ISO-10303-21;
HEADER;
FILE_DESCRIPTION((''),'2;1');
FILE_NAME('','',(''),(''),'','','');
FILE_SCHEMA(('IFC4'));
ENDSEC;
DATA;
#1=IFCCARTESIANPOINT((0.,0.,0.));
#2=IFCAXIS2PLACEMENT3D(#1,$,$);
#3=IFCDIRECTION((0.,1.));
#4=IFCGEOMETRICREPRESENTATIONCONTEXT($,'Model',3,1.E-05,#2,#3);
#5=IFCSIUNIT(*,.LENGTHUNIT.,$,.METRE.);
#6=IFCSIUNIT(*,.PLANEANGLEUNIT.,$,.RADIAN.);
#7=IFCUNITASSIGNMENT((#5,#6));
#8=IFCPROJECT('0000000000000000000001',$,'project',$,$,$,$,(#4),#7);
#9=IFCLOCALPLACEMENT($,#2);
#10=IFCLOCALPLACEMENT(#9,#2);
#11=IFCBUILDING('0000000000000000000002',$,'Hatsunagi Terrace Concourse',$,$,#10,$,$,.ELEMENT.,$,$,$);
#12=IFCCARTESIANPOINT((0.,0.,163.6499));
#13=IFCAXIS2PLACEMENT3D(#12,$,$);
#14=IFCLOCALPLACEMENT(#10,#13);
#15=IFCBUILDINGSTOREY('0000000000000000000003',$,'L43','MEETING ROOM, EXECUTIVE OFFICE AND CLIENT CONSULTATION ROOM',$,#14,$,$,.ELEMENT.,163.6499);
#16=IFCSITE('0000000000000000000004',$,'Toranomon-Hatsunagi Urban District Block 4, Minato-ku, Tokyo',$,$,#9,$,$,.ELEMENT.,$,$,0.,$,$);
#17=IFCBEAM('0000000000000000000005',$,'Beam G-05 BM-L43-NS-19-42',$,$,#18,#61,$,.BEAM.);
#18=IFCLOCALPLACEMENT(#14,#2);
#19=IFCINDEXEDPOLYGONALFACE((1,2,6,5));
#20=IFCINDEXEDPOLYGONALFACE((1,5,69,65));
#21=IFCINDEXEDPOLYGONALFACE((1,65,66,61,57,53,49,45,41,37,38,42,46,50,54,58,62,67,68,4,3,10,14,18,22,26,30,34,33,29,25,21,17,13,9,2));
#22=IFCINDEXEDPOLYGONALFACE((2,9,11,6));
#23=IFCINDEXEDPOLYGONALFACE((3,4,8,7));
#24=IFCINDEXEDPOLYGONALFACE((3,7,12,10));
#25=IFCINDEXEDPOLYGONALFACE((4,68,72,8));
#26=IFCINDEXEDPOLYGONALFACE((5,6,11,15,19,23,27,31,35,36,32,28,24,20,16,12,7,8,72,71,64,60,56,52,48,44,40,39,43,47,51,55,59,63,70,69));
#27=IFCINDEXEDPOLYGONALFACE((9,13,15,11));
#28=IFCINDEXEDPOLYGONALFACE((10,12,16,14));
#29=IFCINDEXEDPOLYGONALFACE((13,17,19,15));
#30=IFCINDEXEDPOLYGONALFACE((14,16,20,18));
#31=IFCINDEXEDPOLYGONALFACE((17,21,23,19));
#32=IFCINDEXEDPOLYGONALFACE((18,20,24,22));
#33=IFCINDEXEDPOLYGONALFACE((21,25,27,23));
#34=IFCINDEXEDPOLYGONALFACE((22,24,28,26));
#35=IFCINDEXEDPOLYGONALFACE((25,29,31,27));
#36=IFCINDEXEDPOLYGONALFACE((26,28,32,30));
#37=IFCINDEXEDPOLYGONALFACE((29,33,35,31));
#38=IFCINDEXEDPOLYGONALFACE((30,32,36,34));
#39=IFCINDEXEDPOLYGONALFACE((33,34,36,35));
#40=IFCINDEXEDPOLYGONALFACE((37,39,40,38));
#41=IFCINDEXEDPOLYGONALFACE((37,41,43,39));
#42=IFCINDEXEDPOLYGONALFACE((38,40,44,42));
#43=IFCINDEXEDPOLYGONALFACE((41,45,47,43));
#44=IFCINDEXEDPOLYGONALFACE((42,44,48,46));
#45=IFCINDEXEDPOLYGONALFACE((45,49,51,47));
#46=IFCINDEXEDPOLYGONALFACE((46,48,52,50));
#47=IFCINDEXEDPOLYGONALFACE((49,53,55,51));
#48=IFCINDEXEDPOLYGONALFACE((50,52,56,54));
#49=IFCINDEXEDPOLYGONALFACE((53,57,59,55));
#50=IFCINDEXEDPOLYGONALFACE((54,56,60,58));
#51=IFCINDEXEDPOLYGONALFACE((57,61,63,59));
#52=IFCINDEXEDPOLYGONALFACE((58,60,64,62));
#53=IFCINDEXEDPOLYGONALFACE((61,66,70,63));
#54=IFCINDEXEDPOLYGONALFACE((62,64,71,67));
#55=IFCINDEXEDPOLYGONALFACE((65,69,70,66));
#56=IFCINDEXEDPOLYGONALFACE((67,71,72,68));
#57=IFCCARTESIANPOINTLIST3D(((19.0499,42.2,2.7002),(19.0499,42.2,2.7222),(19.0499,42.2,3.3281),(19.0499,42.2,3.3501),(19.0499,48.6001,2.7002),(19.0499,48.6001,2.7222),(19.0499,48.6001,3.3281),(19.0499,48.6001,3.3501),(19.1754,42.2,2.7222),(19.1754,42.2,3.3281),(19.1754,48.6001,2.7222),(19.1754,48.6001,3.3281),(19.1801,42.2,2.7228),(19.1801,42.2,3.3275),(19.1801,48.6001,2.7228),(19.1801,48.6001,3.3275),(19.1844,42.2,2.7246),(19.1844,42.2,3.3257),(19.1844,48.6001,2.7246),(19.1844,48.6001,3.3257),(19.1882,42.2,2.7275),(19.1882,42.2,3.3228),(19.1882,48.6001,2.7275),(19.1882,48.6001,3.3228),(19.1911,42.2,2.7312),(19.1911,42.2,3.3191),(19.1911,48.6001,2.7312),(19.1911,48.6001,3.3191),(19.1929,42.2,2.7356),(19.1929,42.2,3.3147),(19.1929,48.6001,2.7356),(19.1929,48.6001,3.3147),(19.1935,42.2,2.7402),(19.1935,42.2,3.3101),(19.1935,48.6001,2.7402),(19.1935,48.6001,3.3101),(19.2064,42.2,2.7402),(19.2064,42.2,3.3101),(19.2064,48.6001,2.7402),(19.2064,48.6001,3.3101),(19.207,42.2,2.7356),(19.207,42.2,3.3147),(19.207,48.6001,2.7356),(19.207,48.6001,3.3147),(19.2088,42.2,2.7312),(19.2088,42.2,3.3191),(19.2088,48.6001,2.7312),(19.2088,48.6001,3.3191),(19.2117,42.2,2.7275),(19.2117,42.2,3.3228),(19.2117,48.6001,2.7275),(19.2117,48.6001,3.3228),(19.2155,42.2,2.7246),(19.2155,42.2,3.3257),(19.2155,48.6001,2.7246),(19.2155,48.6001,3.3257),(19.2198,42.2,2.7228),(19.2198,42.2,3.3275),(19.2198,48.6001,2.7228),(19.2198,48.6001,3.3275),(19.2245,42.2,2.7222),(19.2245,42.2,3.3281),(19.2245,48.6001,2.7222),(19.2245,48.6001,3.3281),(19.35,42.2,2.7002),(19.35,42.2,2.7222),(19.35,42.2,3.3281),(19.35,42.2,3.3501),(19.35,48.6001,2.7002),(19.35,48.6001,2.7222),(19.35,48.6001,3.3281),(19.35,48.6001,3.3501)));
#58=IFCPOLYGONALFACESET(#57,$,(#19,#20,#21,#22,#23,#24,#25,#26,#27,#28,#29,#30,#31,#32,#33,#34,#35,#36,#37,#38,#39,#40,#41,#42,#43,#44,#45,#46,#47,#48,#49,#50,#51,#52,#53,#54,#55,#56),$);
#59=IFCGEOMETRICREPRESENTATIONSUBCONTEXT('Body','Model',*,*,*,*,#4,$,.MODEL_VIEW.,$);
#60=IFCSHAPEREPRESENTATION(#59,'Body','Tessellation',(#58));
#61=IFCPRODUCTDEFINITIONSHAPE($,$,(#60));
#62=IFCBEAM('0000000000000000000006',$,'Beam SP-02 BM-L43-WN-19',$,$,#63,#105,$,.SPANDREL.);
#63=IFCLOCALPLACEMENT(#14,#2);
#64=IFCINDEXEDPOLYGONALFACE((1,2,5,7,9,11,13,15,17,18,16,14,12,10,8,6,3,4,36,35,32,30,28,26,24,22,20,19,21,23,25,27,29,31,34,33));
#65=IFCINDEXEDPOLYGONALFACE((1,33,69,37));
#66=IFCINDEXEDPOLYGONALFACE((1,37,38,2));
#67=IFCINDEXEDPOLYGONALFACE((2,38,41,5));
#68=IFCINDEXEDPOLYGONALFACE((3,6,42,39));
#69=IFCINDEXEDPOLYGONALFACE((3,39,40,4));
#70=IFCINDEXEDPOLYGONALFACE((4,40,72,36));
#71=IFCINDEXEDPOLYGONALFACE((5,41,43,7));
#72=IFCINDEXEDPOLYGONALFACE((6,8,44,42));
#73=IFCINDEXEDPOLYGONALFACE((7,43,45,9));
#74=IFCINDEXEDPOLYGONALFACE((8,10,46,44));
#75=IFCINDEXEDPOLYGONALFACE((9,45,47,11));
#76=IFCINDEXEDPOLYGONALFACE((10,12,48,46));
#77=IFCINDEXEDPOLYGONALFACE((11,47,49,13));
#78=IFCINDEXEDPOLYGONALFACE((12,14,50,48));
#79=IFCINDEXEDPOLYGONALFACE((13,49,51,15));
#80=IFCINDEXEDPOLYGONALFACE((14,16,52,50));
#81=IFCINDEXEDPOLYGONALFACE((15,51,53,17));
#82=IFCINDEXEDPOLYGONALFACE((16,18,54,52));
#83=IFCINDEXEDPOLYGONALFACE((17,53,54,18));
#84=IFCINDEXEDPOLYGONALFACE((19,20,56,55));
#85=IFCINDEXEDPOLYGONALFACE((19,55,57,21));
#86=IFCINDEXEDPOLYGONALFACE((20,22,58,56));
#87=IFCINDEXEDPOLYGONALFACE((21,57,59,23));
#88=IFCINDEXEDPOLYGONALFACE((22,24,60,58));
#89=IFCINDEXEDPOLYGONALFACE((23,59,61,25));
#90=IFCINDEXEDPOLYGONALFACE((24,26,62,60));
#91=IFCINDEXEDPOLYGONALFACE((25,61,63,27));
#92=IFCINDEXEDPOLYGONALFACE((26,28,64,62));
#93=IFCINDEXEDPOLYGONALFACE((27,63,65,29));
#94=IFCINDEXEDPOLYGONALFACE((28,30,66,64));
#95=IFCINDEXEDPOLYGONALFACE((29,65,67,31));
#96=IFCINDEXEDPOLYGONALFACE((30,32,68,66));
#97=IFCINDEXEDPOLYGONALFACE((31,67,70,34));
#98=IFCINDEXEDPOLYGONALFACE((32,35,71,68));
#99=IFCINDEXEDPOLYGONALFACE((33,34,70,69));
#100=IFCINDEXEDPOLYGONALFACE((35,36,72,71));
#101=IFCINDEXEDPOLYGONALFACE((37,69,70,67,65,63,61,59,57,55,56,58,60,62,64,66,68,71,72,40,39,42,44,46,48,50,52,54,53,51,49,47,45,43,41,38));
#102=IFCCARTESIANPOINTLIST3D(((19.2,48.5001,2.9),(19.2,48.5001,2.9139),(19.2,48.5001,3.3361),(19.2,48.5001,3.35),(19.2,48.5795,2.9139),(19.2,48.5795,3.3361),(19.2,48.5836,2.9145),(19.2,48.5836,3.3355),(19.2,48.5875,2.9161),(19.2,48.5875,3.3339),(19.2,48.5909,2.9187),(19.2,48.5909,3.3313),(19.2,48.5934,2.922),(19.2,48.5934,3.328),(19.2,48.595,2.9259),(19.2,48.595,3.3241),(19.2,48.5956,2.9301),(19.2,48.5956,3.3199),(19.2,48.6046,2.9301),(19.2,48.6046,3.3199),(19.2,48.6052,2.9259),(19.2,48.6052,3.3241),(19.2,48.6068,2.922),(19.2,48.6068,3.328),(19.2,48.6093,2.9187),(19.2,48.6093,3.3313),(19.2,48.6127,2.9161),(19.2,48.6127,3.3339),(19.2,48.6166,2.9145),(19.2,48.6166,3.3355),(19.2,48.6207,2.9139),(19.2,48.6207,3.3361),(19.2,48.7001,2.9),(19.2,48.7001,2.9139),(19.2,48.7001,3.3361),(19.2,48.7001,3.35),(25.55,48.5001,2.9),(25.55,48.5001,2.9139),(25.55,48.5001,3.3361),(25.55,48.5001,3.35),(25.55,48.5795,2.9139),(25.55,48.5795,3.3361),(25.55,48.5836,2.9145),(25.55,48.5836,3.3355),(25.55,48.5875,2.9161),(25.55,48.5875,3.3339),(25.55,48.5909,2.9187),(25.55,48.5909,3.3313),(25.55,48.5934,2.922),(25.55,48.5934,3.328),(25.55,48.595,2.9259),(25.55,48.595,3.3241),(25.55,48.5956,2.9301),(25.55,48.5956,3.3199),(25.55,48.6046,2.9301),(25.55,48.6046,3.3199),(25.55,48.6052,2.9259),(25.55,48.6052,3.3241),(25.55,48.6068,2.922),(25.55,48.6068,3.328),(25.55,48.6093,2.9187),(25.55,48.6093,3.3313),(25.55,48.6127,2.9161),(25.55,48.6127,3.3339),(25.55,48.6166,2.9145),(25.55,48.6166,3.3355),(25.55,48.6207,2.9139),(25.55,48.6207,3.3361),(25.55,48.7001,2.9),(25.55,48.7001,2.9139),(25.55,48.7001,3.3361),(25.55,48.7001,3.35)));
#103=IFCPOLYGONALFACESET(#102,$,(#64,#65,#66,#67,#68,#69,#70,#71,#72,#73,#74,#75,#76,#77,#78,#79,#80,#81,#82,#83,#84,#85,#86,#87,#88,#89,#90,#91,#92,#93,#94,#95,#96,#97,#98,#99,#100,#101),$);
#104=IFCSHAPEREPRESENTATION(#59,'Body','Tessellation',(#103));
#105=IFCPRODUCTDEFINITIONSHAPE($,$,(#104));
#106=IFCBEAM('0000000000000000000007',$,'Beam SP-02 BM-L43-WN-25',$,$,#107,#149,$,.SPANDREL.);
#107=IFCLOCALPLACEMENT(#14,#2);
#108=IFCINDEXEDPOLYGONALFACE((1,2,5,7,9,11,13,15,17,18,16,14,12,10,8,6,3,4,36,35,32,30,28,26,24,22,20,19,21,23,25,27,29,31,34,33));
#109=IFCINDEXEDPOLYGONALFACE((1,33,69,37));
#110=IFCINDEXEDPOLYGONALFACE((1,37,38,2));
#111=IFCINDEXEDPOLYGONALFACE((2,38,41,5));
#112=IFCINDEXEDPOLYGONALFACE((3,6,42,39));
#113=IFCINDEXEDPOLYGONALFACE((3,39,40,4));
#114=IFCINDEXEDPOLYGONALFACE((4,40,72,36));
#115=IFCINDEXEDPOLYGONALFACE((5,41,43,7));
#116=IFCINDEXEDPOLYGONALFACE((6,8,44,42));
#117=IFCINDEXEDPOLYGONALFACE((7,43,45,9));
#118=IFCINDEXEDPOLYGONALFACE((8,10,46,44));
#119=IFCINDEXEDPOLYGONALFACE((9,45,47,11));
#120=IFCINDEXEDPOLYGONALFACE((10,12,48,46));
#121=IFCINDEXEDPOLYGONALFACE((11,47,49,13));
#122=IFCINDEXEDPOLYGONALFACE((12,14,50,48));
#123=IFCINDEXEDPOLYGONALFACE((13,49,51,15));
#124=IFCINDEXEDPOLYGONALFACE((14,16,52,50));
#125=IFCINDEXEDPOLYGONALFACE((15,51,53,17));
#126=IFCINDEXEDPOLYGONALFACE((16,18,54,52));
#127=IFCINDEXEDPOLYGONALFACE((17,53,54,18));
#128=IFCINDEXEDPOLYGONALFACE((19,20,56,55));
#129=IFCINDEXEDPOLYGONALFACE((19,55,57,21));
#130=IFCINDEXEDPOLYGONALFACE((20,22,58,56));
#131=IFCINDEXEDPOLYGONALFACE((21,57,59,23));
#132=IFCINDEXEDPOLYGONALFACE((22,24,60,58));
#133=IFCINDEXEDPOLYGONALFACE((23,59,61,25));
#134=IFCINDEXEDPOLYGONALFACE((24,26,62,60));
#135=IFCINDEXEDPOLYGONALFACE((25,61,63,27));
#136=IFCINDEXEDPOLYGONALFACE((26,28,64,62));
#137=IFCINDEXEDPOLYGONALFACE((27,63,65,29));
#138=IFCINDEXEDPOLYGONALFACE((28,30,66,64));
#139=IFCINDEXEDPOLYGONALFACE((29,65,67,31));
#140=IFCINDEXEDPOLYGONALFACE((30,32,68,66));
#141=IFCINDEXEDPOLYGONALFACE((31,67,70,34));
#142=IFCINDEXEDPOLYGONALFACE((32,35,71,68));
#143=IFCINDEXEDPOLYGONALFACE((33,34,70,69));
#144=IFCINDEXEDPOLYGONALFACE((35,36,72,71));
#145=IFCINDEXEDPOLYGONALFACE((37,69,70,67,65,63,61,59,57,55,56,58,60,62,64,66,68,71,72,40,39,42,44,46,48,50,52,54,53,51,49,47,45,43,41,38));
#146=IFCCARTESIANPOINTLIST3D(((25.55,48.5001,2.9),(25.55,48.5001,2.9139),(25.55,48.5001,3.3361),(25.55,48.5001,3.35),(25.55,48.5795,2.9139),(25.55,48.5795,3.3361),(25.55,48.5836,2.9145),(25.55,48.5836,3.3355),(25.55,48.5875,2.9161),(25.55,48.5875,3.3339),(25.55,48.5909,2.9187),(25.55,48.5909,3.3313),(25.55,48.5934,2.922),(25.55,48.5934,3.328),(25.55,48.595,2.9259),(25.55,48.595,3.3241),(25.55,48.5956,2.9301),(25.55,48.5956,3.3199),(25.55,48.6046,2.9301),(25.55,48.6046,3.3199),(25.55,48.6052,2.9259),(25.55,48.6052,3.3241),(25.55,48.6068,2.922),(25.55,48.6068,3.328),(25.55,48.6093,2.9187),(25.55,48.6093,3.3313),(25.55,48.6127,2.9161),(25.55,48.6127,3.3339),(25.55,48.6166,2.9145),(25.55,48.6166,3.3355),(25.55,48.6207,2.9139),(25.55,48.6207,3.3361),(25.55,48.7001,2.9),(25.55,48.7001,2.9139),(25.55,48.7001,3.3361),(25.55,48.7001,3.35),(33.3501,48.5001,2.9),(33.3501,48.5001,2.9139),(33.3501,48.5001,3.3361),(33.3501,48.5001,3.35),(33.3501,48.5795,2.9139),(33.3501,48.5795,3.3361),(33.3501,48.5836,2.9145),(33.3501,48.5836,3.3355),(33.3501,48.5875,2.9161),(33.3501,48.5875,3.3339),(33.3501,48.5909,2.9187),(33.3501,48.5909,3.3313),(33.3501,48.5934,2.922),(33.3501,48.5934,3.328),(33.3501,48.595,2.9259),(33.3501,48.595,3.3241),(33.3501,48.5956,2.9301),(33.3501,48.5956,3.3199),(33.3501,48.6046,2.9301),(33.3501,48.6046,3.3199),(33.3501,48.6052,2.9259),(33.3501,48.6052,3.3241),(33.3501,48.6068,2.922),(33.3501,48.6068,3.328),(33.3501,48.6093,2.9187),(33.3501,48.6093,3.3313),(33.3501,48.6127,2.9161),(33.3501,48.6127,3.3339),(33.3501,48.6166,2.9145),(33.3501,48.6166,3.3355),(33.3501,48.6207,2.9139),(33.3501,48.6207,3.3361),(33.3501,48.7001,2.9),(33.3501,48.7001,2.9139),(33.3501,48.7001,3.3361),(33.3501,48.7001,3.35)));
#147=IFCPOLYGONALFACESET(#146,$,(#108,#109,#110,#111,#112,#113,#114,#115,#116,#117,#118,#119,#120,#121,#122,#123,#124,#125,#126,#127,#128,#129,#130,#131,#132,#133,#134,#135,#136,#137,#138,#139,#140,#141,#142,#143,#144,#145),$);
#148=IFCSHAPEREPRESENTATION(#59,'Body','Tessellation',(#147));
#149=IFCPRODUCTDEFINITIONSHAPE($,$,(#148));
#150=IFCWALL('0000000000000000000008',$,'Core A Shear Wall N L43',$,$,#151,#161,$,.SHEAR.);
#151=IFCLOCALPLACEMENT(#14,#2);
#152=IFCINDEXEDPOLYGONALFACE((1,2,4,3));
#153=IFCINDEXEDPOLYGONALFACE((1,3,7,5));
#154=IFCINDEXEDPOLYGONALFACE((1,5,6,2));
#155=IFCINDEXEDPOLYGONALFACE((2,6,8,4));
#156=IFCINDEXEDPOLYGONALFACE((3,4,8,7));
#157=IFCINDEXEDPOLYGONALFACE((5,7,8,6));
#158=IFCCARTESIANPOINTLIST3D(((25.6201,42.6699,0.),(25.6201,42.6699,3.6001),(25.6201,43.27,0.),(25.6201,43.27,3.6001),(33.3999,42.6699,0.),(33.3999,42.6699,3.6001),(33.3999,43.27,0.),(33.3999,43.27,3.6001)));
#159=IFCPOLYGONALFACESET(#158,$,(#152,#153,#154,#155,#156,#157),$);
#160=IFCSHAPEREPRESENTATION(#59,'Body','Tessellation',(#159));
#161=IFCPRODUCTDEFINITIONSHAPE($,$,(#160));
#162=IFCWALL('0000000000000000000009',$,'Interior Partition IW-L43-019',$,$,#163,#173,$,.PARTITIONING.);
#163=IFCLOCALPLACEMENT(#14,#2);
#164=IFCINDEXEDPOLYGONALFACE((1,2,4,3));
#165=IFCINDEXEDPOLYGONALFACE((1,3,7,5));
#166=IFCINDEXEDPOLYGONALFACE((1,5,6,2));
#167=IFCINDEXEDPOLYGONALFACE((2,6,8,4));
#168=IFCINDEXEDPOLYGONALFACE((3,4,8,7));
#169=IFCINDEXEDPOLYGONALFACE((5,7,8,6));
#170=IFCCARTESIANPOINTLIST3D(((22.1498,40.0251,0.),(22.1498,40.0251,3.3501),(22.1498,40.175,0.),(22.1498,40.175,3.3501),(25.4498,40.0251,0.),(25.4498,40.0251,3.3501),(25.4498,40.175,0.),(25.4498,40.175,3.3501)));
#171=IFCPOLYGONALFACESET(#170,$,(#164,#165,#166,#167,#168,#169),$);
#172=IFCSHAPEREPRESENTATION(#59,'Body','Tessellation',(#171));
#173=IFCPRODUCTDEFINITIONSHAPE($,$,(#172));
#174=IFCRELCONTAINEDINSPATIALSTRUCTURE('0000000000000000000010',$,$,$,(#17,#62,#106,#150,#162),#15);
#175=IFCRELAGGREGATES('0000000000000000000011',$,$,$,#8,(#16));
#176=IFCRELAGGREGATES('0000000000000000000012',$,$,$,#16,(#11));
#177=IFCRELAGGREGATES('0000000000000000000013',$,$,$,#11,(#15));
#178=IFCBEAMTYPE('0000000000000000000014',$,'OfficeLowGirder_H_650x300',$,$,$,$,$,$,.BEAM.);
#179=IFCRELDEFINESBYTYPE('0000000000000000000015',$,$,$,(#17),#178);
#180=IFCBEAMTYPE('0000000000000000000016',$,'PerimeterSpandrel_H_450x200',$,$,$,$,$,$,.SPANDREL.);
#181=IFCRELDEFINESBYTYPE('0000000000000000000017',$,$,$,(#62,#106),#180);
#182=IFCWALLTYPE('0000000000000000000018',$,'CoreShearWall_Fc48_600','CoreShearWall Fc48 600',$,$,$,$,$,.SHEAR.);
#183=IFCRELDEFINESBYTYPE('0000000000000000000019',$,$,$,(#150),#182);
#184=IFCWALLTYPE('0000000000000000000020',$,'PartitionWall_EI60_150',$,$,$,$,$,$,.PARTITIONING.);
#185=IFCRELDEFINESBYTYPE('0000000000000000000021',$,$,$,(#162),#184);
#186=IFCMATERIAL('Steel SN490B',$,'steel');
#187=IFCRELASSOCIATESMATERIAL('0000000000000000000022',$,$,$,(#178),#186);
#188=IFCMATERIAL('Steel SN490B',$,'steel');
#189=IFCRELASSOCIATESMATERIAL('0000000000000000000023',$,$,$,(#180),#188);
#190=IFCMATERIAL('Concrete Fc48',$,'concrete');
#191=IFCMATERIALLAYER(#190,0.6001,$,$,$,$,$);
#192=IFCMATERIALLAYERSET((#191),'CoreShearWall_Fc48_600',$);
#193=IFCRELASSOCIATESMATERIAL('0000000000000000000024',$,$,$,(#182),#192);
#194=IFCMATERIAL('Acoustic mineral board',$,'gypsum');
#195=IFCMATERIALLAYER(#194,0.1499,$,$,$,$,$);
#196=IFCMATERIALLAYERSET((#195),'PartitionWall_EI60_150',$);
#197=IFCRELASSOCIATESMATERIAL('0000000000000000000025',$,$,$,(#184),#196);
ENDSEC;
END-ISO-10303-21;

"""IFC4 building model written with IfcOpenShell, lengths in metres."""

from ifc_helpers import new_model, si_unit, direction, frame, frame_2d, origin, origin_2d, place, context, subcontext, project, spatial, rectangle, i_section, extrude, material, layer, layer_set, material_profile, profile_set, type_object, element, save


model = new_model("IFC4")

# Units and contexts
model_context = context("Model", 3, precision=1e-05, world=origin(), true_north=direction((0.0, 1.0)))
body_context = subcontext(model_context, "Body", "Model", "MODEL_VIEW")
ifc_project = project(units=[si_unit("LENGTHUNIT", "METRE"), si_unit("PLANEANGLEUNIT", "RADIAN")], contexts=[model_context])

# Site, building, storey
site_placement = place(None, origin())
site = spatial("IfcSite", under=ifc_project, at=site_placement, Name="Toranomon-Hatsunagi Urban District Block 4, Minato-ku, Tokyo", CompositionType="ELEMENT", RefElevation=0.0)
building_placement = place(site_placement, origin())
building = spatial("IfcBuilding", under=site, at=building_placement, Name="Hatsunagi Terrace Concourse", CompositionType="ELEMENT")
storey_placement = place(building_placement, frame((0.0, 0.0, 163.6499)))
storey = spatial("IfcBuildingStorey", under=building, at=storey_placement, Name="L43", Description="MEETING ROOM, EXECUTIVE OFFICE AND CLIENT CONSULTATION ROOM", CompositionType="ELEMENT", Elevation=163.6499)

# Beams
ifc_material_1 = material(Name="Steel SN490B", Category="steel")
ifc_material_profile_1 = material_profile(ifc_material_1, i_section(OverallWidth=0.3, OverallDepth=0.6499, WebThickness=0.0129, FlangeThickness=0.022, FilletRadius=0.0181, at=origin_2d()), Name="H-650x300x13x22")
ifc_profile_set_1 = profile_set([ifc_material_profile_1], Name="Steel SN490B")
beam_type_1 = type_object("IfcBeamType", Name="OfficeLowGirder_H_650x300", PredefinedType="BEAM", material=ifc_profile_set_1)
beam_1_placement = place(storey_placement, frame((19.2, 42.2, 3.0251), z_axis=(0.0, 1.0, 0.0), x_axis=(-1.0, 0.0, 0.0)))
element("IfcBeam", 1, at=beam_1_placement, inside=storey, type_object=beam_type_1, Name="Beam G-05 BM-L43-NS-19-42", PredefinedType="BEAM", context=body_context, shape_type="SweptSolid", body=[
    extrude(i_section(OverallWidth=0.3, OverallDepth=0.6499, WebThickness=0.0129, FlangeThickness=0.022, FilletRadius=0.0181, at=origin_2d()), origin(), (0.0, 0.0, 1.0), 6.4001),
])
ifc_material_2 = material(Name="Steel SN490B", Category="steel")
ifc_material_profile_2 = material_profile(ifc_material_2, i_section(OverallWidth=0.2, OverallDepth=0.45, WebThickness=0.009, FlangeThickness=0.0139, FilletRadius=0.0161, at=origin_2d()), Name="H-450x200x9x14")
ifc_profile_set_2 = profile_set([ifc_material_profile_2], Name="Steel SN490B")
beam_type_2 = type_object("IfcBeamType", Name="PerimeterSpandrel_H_450x200", PredefinedType="SPANDREL", material=ifc_profile_set_2)
beam_2_placement = place(storey_placement, frame((19.2, 48.6001, 3.125), z_axis=(1.0, 0.0, 0.0), x_axis=(0.0, 1.0, 0.0)))
element("IfcBeam", 2, at=beam_2_placement, inside=storey, type_object=beam_type_2, Name="Beam SP-02 BM-L43-WN-19", PredefinedType="SPANDREL", context=body_context, shape_type="SweptSolid", body=[
    extrude(i_section(OverallWidth=0.2, OverallDepth=0.45, WebThickness=0.009, FlangeThickness=0.0139, FilletRadius=0.0161, at=origin_2d()), origin(), (0.0, 0.0, 1.0), 6.3501),
])
beam_3_placement = place(storey_placement, frame((25.55, 48.6001, 3.125), z_axis=(1.0, 0.0, 0.0), x_axis=(0.0, 1.0, 0.0)))
element("IfcBeam", 3, at=beam_3_placement, inside=storey, type_object=beam_type_2, Name="Beam SP-02 BM-L43-WN-25", PredefinedType="SPANDREL", context=body_context, shape_type="SweptSolid", body=[
    extrude(i_section(OverallWidth=0.2, OverallDepth=0.45, WebThickness=0.009, FlangeThickness=0.0139, FilletRadius=0.0161, at=origin_2d()), origin(), (0.0, 0.0, 1.0), 7.8),
])

# Walls
ifc_material_3 = material(Name="Concrete Fc48", Category="concrete")
ifc_layer_1 = layer(ifc_material_3, 0.6001)
ifc_layer_set_1 = layer_set([ifc_layer_1], Name="CoreShearWall_Fc48_600")
wall_type_1 = type_object("IfcWallType", Name="CoreShearWall_Fc48_600", Description="CoreShearWall Fc48 600", PredefinedType="SHEAR", material=ifc_layer_set_1)
wall_1_placement = place(storey_placement, frame((25.6201, 42.97, 0.0), z_axis=(0.0, 0.0, 1.0), x_axis=(1.0, 0.0, 0.0)))
element("IfcWall", 4, at=wall_1_placement, inside=storey, type_object=wall_type_1, Name="Core A Shear Wall N L43", PredefinedType="SHEAR", context=body_context, shape_type="SweptSolid", body=[
    extrude(rectangle(XDim=7.7798, YDim=0.6001, at=frame_2d((3.8899, 0.0))), origin(), (0.0, 0.0, 1.0), 3.6001),
])
ifc_material_4 = material(Name="Acoustic mineral board", Category="gypsum")
ifc_layer_2 = layer(ifc_material_4, 0.1499)
ifc_layer_set_2 = layer_set([ifc_layer_2], Name="PartitionWall_EI60_150")
wall_type_2 = type_object("IfcWallType", Name="PartitionWall_EI60_150", PredefinedType="PARTITIONING", material=ifc_layer_set_2)
wall_2_placement = place(storey_placement, frame((22.1499, 40.1001, 0.0), z_axis=(0.0, 0.0, 1.0), x_axis=(1.0, 0.0, 0.0)))
element("IfcWall", 5, at=wall_2_placement, inside=storey, type_object=wall_type_2, Name="Interior Partition IW-L43-019", PredefinedType="PARTITIONING", context=body_context, shape_type="SweptSolid", body=[
    extrude(rectangle(XDim=3.3, YDim=0.1499, at=frame_2d((1.6499, 0.0))), origin(), (0.0, 0.0, 1.0), 3.3501),
])

save(model, "model.ifc")
